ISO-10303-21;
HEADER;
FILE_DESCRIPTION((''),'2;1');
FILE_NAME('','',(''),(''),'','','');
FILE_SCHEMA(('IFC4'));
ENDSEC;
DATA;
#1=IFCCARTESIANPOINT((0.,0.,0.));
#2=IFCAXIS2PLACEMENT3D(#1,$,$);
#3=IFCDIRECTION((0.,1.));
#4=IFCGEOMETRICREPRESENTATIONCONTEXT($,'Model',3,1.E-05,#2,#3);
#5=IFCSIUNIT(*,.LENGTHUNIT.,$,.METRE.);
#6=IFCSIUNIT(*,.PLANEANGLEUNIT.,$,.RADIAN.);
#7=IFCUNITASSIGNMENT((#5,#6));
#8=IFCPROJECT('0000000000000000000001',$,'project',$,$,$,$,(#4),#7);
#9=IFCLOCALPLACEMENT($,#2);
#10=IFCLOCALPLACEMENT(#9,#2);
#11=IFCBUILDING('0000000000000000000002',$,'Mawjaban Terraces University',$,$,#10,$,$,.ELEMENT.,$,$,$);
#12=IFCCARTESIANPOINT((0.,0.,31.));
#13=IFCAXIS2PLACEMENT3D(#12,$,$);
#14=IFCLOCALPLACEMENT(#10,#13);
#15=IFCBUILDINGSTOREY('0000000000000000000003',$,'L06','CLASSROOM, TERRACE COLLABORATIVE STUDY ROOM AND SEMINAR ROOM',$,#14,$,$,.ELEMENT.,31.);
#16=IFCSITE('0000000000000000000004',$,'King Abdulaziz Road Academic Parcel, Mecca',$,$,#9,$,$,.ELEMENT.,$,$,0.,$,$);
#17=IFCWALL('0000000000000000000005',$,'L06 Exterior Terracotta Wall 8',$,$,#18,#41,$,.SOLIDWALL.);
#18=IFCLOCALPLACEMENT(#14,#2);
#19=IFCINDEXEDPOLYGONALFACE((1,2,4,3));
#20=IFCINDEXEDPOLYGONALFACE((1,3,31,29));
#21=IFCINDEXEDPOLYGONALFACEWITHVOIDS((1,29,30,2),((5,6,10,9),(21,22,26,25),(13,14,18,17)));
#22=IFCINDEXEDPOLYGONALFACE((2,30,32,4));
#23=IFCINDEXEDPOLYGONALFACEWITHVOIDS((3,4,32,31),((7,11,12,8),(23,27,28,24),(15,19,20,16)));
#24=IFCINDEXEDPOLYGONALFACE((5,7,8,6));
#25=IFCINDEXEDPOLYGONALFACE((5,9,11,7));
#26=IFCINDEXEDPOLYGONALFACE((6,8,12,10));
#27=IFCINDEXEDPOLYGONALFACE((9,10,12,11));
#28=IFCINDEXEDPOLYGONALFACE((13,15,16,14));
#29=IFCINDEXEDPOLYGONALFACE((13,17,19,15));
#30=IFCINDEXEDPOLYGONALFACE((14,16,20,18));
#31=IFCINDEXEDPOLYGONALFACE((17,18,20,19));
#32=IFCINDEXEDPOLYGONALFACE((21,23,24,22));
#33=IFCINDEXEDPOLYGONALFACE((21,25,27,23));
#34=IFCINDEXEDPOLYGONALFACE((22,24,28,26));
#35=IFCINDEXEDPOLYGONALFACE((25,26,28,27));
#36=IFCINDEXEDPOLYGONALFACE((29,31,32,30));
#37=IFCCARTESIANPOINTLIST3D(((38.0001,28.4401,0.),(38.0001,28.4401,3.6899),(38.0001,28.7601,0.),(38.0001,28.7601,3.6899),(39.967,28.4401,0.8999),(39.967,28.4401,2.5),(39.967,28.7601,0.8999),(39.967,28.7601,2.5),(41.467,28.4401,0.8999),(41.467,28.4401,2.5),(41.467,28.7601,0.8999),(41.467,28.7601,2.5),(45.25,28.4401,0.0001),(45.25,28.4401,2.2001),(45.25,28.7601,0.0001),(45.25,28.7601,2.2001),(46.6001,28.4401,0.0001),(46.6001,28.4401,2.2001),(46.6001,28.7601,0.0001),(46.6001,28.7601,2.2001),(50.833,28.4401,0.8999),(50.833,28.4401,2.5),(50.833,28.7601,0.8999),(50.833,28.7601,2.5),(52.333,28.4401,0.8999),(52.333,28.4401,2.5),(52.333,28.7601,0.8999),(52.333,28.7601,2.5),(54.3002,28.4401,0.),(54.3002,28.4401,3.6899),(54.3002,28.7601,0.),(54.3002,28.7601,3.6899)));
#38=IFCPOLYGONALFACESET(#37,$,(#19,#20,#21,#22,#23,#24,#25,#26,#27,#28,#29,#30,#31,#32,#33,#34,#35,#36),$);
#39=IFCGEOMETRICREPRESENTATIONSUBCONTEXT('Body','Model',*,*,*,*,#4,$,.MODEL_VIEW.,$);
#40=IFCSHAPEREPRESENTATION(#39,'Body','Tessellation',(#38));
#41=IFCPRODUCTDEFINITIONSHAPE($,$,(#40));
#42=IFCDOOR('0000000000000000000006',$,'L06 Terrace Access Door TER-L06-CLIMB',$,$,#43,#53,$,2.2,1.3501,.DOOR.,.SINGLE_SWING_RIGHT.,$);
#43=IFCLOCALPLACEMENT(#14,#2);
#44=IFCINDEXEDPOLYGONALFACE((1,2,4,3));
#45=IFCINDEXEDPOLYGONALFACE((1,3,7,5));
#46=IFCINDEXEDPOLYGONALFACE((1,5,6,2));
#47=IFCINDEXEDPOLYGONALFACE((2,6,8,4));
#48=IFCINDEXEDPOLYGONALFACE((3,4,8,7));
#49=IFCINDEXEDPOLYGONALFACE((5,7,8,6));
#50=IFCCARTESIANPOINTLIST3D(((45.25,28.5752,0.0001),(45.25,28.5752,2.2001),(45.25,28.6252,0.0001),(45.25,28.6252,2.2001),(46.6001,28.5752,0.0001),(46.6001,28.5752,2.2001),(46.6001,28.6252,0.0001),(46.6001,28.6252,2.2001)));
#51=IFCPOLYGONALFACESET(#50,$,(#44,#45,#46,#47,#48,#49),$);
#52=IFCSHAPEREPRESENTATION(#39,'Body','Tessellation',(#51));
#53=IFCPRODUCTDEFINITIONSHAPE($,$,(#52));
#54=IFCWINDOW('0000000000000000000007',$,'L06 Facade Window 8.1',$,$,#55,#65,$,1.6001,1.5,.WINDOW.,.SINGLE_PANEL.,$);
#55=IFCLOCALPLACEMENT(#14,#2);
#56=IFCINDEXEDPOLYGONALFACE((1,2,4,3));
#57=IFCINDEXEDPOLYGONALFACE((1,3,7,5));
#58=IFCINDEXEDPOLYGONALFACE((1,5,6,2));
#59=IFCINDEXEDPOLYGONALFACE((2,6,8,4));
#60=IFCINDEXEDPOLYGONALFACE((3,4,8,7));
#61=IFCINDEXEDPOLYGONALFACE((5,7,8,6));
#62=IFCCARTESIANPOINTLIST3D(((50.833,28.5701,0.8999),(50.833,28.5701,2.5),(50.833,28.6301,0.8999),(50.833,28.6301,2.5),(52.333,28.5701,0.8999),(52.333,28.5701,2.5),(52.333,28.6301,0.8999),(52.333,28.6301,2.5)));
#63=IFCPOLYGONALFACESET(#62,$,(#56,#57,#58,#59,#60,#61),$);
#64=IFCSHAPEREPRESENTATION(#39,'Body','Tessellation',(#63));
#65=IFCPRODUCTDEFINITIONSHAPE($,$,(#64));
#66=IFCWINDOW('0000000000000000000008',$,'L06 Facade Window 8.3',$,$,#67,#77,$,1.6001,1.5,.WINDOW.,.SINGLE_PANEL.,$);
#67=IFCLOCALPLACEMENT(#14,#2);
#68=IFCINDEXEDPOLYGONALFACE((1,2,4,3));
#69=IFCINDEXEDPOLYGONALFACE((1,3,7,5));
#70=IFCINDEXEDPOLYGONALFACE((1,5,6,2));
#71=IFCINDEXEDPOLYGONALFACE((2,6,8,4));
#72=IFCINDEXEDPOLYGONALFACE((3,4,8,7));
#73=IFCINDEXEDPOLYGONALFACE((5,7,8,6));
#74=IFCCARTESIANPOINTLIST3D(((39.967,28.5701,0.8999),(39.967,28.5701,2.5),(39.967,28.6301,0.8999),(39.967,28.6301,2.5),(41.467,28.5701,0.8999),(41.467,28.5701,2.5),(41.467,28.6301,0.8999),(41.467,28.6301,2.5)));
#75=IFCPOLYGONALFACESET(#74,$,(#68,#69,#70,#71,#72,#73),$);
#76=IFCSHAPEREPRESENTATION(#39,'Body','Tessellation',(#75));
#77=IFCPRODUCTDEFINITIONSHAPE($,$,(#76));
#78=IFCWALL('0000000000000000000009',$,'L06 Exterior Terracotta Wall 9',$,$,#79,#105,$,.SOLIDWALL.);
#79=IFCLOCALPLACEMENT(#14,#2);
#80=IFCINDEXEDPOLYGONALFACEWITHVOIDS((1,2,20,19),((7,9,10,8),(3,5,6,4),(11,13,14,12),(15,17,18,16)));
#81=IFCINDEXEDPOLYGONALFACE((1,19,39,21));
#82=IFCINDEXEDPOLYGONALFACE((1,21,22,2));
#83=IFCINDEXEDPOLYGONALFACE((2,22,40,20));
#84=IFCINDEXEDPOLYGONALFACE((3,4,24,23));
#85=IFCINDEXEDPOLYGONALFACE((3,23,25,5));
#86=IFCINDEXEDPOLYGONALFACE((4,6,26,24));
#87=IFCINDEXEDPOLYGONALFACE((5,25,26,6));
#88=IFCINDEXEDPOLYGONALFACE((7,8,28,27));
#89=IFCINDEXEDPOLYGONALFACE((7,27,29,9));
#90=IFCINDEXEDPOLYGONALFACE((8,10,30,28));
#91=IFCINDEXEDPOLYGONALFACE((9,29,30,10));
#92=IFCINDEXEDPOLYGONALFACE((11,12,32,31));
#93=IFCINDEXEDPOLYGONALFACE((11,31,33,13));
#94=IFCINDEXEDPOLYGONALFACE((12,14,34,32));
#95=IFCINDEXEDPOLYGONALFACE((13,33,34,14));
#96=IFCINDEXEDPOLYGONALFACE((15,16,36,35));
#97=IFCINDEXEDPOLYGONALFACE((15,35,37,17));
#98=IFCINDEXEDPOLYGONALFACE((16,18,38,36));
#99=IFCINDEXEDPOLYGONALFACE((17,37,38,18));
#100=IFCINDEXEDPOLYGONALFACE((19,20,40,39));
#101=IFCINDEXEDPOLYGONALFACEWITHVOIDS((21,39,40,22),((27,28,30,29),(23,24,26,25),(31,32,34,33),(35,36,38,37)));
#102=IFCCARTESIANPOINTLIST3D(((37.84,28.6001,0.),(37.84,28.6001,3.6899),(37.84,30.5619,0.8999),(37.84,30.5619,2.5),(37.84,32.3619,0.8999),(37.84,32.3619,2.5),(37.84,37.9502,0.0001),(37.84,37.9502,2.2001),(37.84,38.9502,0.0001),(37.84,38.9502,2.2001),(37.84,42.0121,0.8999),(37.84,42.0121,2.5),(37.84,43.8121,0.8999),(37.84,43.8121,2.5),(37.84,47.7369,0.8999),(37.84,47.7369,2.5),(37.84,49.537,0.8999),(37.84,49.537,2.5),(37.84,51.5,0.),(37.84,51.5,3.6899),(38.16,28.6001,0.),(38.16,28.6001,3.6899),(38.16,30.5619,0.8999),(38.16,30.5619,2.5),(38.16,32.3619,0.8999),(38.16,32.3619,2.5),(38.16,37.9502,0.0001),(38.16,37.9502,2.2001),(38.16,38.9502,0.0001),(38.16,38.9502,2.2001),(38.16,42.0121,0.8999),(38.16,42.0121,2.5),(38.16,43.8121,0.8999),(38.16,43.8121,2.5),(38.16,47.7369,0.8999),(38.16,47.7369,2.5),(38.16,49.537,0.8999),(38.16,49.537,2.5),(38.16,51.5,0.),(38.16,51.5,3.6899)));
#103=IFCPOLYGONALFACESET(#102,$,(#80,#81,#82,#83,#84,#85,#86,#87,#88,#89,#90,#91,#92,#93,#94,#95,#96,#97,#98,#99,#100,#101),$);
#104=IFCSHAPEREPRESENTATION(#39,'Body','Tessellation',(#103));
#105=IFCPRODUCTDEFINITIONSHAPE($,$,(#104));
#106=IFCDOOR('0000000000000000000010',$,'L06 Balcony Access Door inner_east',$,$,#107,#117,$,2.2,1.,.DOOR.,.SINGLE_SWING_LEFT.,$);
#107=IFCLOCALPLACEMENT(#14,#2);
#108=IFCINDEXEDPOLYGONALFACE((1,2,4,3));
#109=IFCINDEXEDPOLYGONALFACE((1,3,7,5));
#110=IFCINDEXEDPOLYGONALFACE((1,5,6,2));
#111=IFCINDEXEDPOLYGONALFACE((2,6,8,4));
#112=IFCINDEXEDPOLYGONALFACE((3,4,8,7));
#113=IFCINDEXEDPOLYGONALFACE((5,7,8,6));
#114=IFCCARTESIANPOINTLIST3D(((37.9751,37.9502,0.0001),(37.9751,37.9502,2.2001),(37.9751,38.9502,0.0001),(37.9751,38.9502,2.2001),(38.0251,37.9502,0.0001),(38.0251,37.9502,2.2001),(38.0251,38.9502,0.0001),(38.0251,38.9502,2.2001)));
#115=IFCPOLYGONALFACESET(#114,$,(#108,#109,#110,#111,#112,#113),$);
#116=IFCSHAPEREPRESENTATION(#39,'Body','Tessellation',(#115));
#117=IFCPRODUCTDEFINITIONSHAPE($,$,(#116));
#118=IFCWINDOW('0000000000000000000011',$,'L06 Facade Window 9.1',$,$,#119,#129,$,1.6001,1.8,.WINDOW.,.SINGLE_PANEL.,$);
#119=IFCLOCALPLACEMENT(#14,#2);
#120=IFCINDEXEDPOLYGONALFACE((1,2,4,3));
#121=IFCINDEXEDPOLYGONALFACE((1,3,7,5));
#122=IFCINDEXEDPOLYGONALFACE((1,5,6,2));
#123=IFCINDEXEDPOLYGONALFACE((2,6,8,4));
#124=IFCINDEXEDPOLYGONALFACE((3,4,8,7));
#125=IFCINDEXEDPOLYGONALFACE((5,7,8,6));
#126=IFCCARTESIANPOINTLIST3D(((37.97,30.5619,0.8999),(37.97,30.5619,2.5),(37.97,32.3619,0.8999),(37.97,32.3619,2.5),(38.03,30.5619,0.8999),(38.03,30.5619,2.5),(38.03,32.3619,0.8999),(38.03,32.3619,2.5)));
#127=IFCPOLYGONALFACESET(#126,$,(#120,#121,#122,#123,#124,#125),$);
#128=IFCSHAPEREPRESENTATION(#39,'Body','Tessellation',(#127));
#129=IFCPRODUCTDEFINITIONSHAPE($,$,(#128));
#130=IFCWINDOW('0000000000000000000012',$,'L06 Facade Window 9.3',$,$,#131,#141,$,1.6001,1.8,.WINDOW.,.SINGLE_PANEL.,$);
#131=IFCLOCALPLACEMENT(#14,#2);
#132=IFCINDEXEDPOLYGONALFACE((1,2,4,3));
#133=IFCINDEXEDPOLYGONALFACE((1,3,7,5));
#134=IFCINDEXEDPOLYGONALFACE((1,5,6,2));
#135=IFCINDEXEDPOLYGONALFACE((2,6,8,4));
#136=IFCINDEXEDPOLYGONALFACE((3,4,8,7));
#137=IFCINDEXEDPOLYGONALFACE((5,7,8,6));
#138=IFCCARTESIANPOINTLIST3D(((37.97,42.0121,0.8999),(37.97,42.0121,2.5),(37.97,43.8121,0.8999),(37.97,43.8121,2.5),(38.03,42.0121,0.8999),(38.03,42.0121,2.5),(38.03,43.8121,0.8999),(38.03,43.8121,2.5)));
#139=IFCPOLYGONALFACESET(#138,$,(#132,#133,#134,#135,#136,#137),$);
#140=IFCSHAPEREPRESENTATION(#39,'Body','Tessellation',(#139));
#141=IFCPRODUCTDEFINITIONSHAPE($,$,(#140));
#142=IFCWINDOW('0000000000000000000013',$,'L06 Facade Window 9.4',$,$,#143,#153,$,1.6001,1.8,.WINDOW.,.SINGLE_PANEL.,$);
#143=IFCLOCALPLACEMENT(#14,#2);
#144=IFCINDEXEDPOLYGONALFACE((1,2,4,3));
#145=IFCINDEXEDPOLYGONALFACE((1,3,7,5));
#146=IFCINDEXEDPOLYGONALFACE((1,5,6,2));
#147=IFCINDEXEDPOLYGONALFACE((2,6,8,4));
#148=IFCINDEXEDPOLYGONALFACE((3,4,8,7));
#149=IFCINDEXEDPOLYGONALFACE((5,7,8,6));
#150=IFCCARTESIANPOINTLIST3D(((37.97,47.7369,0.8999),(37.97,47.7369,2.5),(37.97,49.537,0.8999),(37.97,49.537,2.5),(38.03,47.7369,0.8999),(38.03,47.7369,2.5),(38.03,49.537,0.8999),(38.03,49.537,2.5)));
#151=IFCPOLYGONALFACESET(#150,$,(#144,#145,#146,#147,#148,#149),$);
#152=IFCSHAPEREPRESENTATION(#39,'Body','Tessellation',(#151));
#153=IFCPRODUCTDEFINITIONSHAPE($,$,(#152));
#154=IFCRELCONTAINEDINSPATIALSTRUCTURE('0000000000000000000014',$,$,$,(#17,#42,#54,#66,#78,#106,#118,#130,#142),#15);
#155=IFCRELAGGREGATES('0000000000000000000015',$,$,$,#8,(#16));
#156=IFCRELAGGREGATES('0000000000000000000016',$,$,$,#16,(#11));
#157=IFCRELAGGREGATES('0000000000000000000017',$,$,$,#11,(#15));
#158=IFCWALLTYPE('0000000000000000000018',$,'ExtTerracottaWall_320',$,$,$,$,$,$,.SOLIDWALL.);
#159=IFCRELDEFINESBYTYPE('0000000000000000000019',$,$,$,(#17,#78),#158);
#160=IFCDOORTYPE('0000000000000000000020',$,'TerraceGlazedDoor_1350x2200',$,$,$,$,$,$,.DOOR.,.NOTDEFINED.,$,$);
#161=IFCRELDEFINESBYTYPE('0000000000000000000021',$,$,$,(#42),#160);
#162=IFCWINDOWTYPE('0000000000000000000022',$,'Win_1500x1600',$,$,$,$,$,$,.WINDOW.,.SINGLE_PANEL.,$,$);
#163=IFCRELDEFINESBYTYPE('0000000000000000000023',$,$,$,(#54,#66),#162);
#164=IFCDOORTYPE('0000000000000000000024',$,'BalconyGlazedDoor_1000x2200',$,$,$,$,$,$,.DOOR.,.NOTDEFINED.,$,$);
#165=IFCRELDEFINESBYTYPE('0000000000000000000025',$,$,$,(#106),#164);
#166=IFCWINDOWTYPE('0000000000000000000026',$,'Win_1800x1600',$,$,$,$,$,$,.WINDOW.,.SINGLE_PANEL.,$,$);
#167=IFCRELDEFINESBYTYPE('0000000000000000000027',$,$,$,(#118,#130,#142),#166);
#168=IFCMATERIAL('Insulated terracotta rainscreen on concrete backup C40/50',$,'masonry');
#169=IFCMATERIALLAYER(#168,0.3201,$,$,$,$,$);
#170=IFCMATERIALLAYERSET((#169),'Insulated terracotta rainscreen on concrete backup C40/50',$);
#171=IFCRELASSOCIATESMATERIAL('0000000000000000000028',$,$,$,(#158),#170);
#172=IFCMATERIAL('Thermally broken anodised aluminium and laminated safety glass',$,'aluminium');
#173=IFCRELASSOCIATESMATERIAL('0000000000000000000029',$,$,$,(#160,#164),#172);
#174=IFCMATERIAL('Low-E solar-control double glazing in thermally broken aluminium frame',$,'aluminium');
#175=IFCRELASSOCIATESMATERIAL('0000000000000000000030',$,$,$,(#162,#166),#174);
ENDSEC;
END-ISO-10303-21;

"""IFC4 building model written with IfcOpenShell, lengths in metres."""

from ifc_helpers import new_model, si_unit, direction, frame, frame_2d, origin, place, context, subcontext, project, spatial, rectangle, extrude, material, layer, layer_set, type_object, element, fill, save


model = new_model("IFC4")

# Units and contexts
model_context = context("Model", 3, precision=1e-05, world=origin(), true_north=direction((0.0, 1.0)))
body_context = subcontext(model_context, "Body", "Model", "MODEL_VIEW")
ifc_project = project(units=[si_unit("LENGTHUNIT", "METRE"), si_unit("PLANEANGLEUNIT", "RADIAN")], contexts=[model_context])

# Site, building, storey
site_placement = place(None, origin())
site = spatial("IfcSite", under=ifc_project, at=site_placement, Name="King Abdulaziz Road Academic Parcel, Mecca", CompositionType="ELEMENT", RefElevation=0.0)
building_placement = place(site_placement, origin())
building = spatial("IfcBuilding", under=site, at=building_placement, Name="Mawjaban Terraces University", CompositionType="ELEMENT")
storey_placement = place(building_placement, frame((0.0, 0.0, 31.0)))
storey = spatial("IfcBuildingStorey", under=building, at=storey_placement, Name="L06", Description="CLASSROOM, TERRACE COLLABORATIVE STUDY ROOM AND SEMINAR ROOM", CompositionType="ELEMENT", Elevation=31.0)

# Shared definitions
ifc_material_1 = material(Name="Insulated terracotta rainscreen on concrete backup C40/50", Category="masonry")
ifc_layer_1 = layer(ifc_material_1, 0.3201)
ifc_layer_set_1 = layer_set([ifc_layer_1], Name="Insulated terracotta rainscreen on concrete backup C40/50")
wall_type_1 = type_object("IfcWallType", Name="ExtTerracottaWall_320", PredefinedType="SOLIDWALL", material=ifc_layer_set_1)

# Walls, openings, doors, windows
wall_1_placement = place(storey_placement, frame((54.3, 28.6001, 0.0), z_axis=(0.0, 0.0, 1.0), x_axis=(-1.0, 0.0, 0.0)))
wall_1 = element("IfcWall", 1, at=wall_1_placement, inside=storey, type_object=wall_type_1, Name="L06 Exterior Terracotta Wall 8", PredefinedType="SOLIDWALL", context=body_context, shape_type="SweptSolid", body=[
    extrude(rectangle(XDim=16.3, YDim=0.3201, at=frame_2d((8.1499, 0.0))), origin(), (0.0, 0.0, 1.0), 3.6899),
])
opening_1_placement = place(wall_1_placement, frame((7.7, 0.0, 0.0)))
opening_1 = element("IfcOpeningElement", 2, at=opening_1_placement, cuts=wall_1, PredefinedType="OPENING", context=body_context, shape_type="SweptSolid", body=[
    extrude(rectangle(XDim=1.3501, YDim=2.2, at=frame_2d((0.675, 1.1001))), frame((0.0, 0.1699, 0.0), z_axis=(0.0, -1.0, 0.0), x_axis=(1.0, 0.0, 0.0)), (0.0, 0.0, 1.0), 0.3401),
])
opening_2_placement = place(wall_1_placement, frame((1.967, 0.0, 0.8999)))
opening_2 = element("IfcOpeningElement", 3, at=opening_2_placement, cuts=wall_1, PredefinedType="OPENING", context=body_context, shape_type="SweptSolid", body=[
    extrude(rectangle(XDim=1.5, YDim=1.6001, at=frame_2d((0.75, 0.8))), frame((0.0, 0.1699, 0.0), z_axis=(0.0, -1.0, 0.0), x_axis=(1.0, 0.0, 0.0)), (0.0, 0.0, 1.0), 0.3401),
])
opening_3_placement = place(wall_1_placement, frame((12.833, 0.0, 0.8999)))
opening_3 = element("IfcOpeningElement", 4, at=opening_3_placement, cuts=wall_1, PredefinedType="OPENING", context=body_context, shape_type="SweptSolid", body=[
    extrude(rectangle(XDim=1.5, YDim=1.6001, at=frame_2d((0.75, 0.8))), frame((0.0, 0.1699, 0.0), z_axis=(0.0, -1.0, 0.0), x_axis=(1.0, 0.0, 0.0)), (0.0, 0.0, 1.0), 0.3401),
])
ifc_material_2 = material(Name="Thermally broken anodised aluminium and laminated safety glass", Category="aluminium")
door_type_1 = type_object("IfcDoorType", Name="TerraceGlazedDoor_1350x2200", OperationType="NOTDEFINED", PredefinedType="DOOR", material=ifc_material_2)
door_1_placement = place(opening_1_placement, origin())
door_1 = element("IfcDoor", 5, at=door_1_placement, inside=storey, type_object=door_type_1, Name="L06 Terrace Access Door TER-L06-CLIMB", OperationType="SINGLE_SWING_RIGHT", OverallHeight=2.2, OverallWidth=1.3501, PredefinedType="DOOR", context=body_context, shape_type="SweptSolid", body=[
    extrude(rectangle(XDim=1.3501, YDim=2.2, at=frame_2d((0.675, 1.1001))), frame((0.0, 0.0249, 0.0), z_axis=(0.0, -1.0, 0.0), x_axis=(1.0, 0.0, 0.0)), (0.0, 0.0, 1.0), 0.05),
])
fill(opening_1, door_1)
ifc_material_3 = material(Name="Low-E solar-control double glazing in thermally broken aluminium frame", Category="aluminium")
window_type_1 = type_object("IfcWindowType", Name="Win_1500x1600", PartitioningType="SINGLE_PANEL", PredefinedType="WINDOW", material=ifc_material_3)
window_1_placement = place(opening_2_placement, origin())
window_1 = element("IfcWindow", 6, at=window_1_placement, inside=storey, type_object=window_type_1, Name="L06 Facade Window 8.1", OverallHeight=1.6001, OverallWidth=1.5, PartitioningType="SINGLE_PANEL", PredefinedType="WINDOW", context=body_context, shape_type="SweptSolid", body=[
    extrude(rectangle(XDim=1.5, YDim=1.6001, at=frame_2d((0.75, 0.8))), frame((0.0, 0.03, 0.0), z_axis=(0.0, -1.0, 0.0), x_axis=(1.0, 0.0, 0.0)), (0.0, 0.0, 1.0), 0.0601),
])
fill(opening_2, window_1)
window_2_placement = place(opening_3_placement, origin())
window_2 = element("IfcWindow", 7, at=window_2_placement, inside=storey, type_object=window_type_1, Name="L06 Facade Window 8.3", OverallHeight=1.6001, OverallWidth=1.5, PartitioningType="SINGLE_PANEL", PredefinedType="WINDOW", context=body_context, shape_type="SweptSolid", body=[
    extrude(rectangle(XDim=1.5, YDim=1.6001, at=frame_2d((0.75, 0.8))), frame((0.0, 0.03, 0.0), z_axis=(0.0, -1.0, 0.0), x_axis=(1.0, 0.0, 0.0)), (0.0, 0.0, 1.0), 0.0601),
])
fill(opening_3, window_2)
wall_2_placement = place(storey_placement, frame((38.0, 28.6001, 0.0), z_axis=(0.0, 0.0, 1.0), x_axis=(0.0, 1.0, 0.0)))
wall_2 = element("IfcWall", 8, at=wall_2_placement, inside=storey, type_object=wall_type_1, Name="L06 Exterior Terracotta Wall 9", PredefinedType="SOLIDWALL", context=body_context, shape_type="SweptSolid", body=[
    extrude(rectangle(XDim=22.8999, YDim=0.3201, at=frame_2d((11.45, 0.0))), origin(), (0.0, 0.0, 1.0), 3.6899),
])
opening_4_placement = place(wall_2_placement, frame((9.3501, 0.0, 0.0)))
opening_4 = element("IfcOpeningElement", 9, at=opening_4_placement, cuts=wall_2, PredefinedType="OPENING", context=body_context, shape_type="SweptSolid", body=[
    extrude(rectangle(XDim=1.0, YDim=2.2, at=frame_2d((0.5, 1.1001))), frame((0.0, 0.1699, 0.0), z_axis=(0.0, -1.0, 0.0), x_axis=(1.0, 0.0, 0.0)), (0.0, 0.0, 1.0), 0.3401),
])
opening_5_placement = place(wall_2_placement, frame((1.9619, 0.0, 0.8999)))
opening_5 = element("IfcOpeningElement", 10, at=opening_5_placement, cuts=wall_2, PredefinedType="OPENING", context=body_context, shape_type="SweptSolid", body=[
    extrude(rectangle(XDim=1.8, YDim=1.6001, at=frame_2d((0.8999, 0.8))), frame((0.0, 0.1699, 0.0), z_axis=(0.0, -1.0, 0.0), x_axis=(1.0, 0.0, 0.0)), (0.0, 0.0, 1.0), 0.3401),
])
opening_6_placement = place(wall_2_placement, frame((13.4121, 0.0, 0.8999)))
opening_6 = element("IfcOpeningElement", 11, at=opening_6_placement, cuts=wall_2, PredefinedType="OPENING", context=body_context, shape_type="SweptSolid", body=[
    extrude(rectangle(XDim=1.8, YDim=1.6001, at=frame_2d((0.8999, 0.8))), frame((0.0, 0.1699, 0.0), z_axis=(0.0, -1.0, 0.0), x_axis=(1.0, 0.0, 0.0)), (0.0, 0.0, 1.0), 0.3401),
])
opening_7_placement = place(wall_2_placement, frame((19.137, 0.0, 0.8999)))
opening_7 = element("IfcOpeningElement", 12, at=opening_7_placement, cuts=wall_2, PredefinedType="OPENING", context=body_context, shape_type="SweptSolid", body=[
    extrude(rectangle(XDim=1.8, YDim=1.6001, at=frame_2d((0.8999, 0.8))), frame((0.0, 0.1699, 0.0), z_axis=(0.0, -1.0, 0.0), x_axis=(1.0, 0.0, 0.0)), (0.0, 0.0, 1.0), 0.3401),
])
door_type_2 = type_object("IfcDoorType", Name="BalconyGlazedDoor_1000x2200", OperationType="NOTDEFINED", PredefinedType="DOOR", material=ifc_material_2)
door_2_placement = place(opening_4_placement, origin())
door_2 = element("IfcDoor", 13, at=door_2_placement, inside=storey, type_object=door_type_2, Name="L06 Balcony Access Door inner_east", OperationType="SINGLE_SWING_LEFT", OverallHeight=2.2, OverallWidth=1.0, PredefinedType="DOOR", context=body_context, shape_type="SweptSolid", body=[
    extrude(rectangle(XDim=1.0, YDim=2.2, at=frame_2d((0.5, 1.1001))), frame((0.0, 0.0249, 0.0), z_axis=(0.0, -1.0, 0.0), x_axis=(1.0, 0.0, 0.0)), (0.0, 0.0, 1.0), 0.05),
])
fill(opening_4, door_2)
window_type_2 = type_object("IfcWindowType", Name="Win_1800x1600", PartitioningType="SINGLE_PANEL", PredefinedType="WINDOW", material=ifc_material_3)
window_3_placement = place(opening_5_placement, origin())
window_3 = element("IfcWindow", 14, at=window_3_placement, inside=storey, type_object=window_type_2, Name="L06 Facade Window 9.1", OverallHeight=1.6001, OverallWidth=1.8, PartitioningType="SINGLE_PANEL", PredefinedType="WINDOW", context=body_context, shape_type="SweptSolid", body=[
    extrude(rectangle(XDim=1.8, YDim=1.6001, at=frame_2d((0.8999, 0.8))), frame((0.0, 0.03, 0.0), z_axis=(0.0, -1.0, 0.0), x_axis=(1.0, 0.0, 0.0)), (0.0, 0.0, 1.0), 0.0601),
])
fill(opening_5, window_3)
window_4_placement = place(opening_6_placement, origin())
window_4 = element("IfcWindow", 15, at=window_4_placement, inside=storey, type_object=window_type_2, Name="L06 Facade Window 9.3", OverallHeight=1.6001, OverallWidth=1.8, PartitioningType="SINGLE_PANEL", PredefinedType="WINDOW", context=body_context, shape_type="SweptSolid", body=[
    extrude(rectangle(XDim=1.8, YDim=1.6001, at=frame_2d((0.8999, 0.8))), frame((0.0, 0.03, 0.0), z_axis=(0.0, -1.0, 0.0), x_axis=(1.0, 0.0, 0.0)), (0.0, 0.0, 1.0), 0.0601),
])
fill(opening_6, window_4)
window_5_placement = place(opening_7_placement, origin())
window_5 = element("IfcWindow", 16, at=window_5_placement, inside=storey, type_object=window_type_2, Name="L06 Facade Window 9.4", OverallHeight=1.6001, OverallWidth=1.8, PartitioningType="SINGLE_PANEL", PredefinedType="WINDOW", context=body_context, shape_type="SweptSolid", body=[
    extrude(rectangle(XDim=1.8, YDim=1.6001, at=frame_2d((0.8999, 0.8))), frame((0.0, 0.03, 0.0), z_axis=(0.0, -1.0, 0.0), x_axis=(1.0, 0.0, 0.0)), (0.0, 0.0, 1.0), 0.0601),
])
fill(opening_7, window_5)

save(model, "model.ifc")
